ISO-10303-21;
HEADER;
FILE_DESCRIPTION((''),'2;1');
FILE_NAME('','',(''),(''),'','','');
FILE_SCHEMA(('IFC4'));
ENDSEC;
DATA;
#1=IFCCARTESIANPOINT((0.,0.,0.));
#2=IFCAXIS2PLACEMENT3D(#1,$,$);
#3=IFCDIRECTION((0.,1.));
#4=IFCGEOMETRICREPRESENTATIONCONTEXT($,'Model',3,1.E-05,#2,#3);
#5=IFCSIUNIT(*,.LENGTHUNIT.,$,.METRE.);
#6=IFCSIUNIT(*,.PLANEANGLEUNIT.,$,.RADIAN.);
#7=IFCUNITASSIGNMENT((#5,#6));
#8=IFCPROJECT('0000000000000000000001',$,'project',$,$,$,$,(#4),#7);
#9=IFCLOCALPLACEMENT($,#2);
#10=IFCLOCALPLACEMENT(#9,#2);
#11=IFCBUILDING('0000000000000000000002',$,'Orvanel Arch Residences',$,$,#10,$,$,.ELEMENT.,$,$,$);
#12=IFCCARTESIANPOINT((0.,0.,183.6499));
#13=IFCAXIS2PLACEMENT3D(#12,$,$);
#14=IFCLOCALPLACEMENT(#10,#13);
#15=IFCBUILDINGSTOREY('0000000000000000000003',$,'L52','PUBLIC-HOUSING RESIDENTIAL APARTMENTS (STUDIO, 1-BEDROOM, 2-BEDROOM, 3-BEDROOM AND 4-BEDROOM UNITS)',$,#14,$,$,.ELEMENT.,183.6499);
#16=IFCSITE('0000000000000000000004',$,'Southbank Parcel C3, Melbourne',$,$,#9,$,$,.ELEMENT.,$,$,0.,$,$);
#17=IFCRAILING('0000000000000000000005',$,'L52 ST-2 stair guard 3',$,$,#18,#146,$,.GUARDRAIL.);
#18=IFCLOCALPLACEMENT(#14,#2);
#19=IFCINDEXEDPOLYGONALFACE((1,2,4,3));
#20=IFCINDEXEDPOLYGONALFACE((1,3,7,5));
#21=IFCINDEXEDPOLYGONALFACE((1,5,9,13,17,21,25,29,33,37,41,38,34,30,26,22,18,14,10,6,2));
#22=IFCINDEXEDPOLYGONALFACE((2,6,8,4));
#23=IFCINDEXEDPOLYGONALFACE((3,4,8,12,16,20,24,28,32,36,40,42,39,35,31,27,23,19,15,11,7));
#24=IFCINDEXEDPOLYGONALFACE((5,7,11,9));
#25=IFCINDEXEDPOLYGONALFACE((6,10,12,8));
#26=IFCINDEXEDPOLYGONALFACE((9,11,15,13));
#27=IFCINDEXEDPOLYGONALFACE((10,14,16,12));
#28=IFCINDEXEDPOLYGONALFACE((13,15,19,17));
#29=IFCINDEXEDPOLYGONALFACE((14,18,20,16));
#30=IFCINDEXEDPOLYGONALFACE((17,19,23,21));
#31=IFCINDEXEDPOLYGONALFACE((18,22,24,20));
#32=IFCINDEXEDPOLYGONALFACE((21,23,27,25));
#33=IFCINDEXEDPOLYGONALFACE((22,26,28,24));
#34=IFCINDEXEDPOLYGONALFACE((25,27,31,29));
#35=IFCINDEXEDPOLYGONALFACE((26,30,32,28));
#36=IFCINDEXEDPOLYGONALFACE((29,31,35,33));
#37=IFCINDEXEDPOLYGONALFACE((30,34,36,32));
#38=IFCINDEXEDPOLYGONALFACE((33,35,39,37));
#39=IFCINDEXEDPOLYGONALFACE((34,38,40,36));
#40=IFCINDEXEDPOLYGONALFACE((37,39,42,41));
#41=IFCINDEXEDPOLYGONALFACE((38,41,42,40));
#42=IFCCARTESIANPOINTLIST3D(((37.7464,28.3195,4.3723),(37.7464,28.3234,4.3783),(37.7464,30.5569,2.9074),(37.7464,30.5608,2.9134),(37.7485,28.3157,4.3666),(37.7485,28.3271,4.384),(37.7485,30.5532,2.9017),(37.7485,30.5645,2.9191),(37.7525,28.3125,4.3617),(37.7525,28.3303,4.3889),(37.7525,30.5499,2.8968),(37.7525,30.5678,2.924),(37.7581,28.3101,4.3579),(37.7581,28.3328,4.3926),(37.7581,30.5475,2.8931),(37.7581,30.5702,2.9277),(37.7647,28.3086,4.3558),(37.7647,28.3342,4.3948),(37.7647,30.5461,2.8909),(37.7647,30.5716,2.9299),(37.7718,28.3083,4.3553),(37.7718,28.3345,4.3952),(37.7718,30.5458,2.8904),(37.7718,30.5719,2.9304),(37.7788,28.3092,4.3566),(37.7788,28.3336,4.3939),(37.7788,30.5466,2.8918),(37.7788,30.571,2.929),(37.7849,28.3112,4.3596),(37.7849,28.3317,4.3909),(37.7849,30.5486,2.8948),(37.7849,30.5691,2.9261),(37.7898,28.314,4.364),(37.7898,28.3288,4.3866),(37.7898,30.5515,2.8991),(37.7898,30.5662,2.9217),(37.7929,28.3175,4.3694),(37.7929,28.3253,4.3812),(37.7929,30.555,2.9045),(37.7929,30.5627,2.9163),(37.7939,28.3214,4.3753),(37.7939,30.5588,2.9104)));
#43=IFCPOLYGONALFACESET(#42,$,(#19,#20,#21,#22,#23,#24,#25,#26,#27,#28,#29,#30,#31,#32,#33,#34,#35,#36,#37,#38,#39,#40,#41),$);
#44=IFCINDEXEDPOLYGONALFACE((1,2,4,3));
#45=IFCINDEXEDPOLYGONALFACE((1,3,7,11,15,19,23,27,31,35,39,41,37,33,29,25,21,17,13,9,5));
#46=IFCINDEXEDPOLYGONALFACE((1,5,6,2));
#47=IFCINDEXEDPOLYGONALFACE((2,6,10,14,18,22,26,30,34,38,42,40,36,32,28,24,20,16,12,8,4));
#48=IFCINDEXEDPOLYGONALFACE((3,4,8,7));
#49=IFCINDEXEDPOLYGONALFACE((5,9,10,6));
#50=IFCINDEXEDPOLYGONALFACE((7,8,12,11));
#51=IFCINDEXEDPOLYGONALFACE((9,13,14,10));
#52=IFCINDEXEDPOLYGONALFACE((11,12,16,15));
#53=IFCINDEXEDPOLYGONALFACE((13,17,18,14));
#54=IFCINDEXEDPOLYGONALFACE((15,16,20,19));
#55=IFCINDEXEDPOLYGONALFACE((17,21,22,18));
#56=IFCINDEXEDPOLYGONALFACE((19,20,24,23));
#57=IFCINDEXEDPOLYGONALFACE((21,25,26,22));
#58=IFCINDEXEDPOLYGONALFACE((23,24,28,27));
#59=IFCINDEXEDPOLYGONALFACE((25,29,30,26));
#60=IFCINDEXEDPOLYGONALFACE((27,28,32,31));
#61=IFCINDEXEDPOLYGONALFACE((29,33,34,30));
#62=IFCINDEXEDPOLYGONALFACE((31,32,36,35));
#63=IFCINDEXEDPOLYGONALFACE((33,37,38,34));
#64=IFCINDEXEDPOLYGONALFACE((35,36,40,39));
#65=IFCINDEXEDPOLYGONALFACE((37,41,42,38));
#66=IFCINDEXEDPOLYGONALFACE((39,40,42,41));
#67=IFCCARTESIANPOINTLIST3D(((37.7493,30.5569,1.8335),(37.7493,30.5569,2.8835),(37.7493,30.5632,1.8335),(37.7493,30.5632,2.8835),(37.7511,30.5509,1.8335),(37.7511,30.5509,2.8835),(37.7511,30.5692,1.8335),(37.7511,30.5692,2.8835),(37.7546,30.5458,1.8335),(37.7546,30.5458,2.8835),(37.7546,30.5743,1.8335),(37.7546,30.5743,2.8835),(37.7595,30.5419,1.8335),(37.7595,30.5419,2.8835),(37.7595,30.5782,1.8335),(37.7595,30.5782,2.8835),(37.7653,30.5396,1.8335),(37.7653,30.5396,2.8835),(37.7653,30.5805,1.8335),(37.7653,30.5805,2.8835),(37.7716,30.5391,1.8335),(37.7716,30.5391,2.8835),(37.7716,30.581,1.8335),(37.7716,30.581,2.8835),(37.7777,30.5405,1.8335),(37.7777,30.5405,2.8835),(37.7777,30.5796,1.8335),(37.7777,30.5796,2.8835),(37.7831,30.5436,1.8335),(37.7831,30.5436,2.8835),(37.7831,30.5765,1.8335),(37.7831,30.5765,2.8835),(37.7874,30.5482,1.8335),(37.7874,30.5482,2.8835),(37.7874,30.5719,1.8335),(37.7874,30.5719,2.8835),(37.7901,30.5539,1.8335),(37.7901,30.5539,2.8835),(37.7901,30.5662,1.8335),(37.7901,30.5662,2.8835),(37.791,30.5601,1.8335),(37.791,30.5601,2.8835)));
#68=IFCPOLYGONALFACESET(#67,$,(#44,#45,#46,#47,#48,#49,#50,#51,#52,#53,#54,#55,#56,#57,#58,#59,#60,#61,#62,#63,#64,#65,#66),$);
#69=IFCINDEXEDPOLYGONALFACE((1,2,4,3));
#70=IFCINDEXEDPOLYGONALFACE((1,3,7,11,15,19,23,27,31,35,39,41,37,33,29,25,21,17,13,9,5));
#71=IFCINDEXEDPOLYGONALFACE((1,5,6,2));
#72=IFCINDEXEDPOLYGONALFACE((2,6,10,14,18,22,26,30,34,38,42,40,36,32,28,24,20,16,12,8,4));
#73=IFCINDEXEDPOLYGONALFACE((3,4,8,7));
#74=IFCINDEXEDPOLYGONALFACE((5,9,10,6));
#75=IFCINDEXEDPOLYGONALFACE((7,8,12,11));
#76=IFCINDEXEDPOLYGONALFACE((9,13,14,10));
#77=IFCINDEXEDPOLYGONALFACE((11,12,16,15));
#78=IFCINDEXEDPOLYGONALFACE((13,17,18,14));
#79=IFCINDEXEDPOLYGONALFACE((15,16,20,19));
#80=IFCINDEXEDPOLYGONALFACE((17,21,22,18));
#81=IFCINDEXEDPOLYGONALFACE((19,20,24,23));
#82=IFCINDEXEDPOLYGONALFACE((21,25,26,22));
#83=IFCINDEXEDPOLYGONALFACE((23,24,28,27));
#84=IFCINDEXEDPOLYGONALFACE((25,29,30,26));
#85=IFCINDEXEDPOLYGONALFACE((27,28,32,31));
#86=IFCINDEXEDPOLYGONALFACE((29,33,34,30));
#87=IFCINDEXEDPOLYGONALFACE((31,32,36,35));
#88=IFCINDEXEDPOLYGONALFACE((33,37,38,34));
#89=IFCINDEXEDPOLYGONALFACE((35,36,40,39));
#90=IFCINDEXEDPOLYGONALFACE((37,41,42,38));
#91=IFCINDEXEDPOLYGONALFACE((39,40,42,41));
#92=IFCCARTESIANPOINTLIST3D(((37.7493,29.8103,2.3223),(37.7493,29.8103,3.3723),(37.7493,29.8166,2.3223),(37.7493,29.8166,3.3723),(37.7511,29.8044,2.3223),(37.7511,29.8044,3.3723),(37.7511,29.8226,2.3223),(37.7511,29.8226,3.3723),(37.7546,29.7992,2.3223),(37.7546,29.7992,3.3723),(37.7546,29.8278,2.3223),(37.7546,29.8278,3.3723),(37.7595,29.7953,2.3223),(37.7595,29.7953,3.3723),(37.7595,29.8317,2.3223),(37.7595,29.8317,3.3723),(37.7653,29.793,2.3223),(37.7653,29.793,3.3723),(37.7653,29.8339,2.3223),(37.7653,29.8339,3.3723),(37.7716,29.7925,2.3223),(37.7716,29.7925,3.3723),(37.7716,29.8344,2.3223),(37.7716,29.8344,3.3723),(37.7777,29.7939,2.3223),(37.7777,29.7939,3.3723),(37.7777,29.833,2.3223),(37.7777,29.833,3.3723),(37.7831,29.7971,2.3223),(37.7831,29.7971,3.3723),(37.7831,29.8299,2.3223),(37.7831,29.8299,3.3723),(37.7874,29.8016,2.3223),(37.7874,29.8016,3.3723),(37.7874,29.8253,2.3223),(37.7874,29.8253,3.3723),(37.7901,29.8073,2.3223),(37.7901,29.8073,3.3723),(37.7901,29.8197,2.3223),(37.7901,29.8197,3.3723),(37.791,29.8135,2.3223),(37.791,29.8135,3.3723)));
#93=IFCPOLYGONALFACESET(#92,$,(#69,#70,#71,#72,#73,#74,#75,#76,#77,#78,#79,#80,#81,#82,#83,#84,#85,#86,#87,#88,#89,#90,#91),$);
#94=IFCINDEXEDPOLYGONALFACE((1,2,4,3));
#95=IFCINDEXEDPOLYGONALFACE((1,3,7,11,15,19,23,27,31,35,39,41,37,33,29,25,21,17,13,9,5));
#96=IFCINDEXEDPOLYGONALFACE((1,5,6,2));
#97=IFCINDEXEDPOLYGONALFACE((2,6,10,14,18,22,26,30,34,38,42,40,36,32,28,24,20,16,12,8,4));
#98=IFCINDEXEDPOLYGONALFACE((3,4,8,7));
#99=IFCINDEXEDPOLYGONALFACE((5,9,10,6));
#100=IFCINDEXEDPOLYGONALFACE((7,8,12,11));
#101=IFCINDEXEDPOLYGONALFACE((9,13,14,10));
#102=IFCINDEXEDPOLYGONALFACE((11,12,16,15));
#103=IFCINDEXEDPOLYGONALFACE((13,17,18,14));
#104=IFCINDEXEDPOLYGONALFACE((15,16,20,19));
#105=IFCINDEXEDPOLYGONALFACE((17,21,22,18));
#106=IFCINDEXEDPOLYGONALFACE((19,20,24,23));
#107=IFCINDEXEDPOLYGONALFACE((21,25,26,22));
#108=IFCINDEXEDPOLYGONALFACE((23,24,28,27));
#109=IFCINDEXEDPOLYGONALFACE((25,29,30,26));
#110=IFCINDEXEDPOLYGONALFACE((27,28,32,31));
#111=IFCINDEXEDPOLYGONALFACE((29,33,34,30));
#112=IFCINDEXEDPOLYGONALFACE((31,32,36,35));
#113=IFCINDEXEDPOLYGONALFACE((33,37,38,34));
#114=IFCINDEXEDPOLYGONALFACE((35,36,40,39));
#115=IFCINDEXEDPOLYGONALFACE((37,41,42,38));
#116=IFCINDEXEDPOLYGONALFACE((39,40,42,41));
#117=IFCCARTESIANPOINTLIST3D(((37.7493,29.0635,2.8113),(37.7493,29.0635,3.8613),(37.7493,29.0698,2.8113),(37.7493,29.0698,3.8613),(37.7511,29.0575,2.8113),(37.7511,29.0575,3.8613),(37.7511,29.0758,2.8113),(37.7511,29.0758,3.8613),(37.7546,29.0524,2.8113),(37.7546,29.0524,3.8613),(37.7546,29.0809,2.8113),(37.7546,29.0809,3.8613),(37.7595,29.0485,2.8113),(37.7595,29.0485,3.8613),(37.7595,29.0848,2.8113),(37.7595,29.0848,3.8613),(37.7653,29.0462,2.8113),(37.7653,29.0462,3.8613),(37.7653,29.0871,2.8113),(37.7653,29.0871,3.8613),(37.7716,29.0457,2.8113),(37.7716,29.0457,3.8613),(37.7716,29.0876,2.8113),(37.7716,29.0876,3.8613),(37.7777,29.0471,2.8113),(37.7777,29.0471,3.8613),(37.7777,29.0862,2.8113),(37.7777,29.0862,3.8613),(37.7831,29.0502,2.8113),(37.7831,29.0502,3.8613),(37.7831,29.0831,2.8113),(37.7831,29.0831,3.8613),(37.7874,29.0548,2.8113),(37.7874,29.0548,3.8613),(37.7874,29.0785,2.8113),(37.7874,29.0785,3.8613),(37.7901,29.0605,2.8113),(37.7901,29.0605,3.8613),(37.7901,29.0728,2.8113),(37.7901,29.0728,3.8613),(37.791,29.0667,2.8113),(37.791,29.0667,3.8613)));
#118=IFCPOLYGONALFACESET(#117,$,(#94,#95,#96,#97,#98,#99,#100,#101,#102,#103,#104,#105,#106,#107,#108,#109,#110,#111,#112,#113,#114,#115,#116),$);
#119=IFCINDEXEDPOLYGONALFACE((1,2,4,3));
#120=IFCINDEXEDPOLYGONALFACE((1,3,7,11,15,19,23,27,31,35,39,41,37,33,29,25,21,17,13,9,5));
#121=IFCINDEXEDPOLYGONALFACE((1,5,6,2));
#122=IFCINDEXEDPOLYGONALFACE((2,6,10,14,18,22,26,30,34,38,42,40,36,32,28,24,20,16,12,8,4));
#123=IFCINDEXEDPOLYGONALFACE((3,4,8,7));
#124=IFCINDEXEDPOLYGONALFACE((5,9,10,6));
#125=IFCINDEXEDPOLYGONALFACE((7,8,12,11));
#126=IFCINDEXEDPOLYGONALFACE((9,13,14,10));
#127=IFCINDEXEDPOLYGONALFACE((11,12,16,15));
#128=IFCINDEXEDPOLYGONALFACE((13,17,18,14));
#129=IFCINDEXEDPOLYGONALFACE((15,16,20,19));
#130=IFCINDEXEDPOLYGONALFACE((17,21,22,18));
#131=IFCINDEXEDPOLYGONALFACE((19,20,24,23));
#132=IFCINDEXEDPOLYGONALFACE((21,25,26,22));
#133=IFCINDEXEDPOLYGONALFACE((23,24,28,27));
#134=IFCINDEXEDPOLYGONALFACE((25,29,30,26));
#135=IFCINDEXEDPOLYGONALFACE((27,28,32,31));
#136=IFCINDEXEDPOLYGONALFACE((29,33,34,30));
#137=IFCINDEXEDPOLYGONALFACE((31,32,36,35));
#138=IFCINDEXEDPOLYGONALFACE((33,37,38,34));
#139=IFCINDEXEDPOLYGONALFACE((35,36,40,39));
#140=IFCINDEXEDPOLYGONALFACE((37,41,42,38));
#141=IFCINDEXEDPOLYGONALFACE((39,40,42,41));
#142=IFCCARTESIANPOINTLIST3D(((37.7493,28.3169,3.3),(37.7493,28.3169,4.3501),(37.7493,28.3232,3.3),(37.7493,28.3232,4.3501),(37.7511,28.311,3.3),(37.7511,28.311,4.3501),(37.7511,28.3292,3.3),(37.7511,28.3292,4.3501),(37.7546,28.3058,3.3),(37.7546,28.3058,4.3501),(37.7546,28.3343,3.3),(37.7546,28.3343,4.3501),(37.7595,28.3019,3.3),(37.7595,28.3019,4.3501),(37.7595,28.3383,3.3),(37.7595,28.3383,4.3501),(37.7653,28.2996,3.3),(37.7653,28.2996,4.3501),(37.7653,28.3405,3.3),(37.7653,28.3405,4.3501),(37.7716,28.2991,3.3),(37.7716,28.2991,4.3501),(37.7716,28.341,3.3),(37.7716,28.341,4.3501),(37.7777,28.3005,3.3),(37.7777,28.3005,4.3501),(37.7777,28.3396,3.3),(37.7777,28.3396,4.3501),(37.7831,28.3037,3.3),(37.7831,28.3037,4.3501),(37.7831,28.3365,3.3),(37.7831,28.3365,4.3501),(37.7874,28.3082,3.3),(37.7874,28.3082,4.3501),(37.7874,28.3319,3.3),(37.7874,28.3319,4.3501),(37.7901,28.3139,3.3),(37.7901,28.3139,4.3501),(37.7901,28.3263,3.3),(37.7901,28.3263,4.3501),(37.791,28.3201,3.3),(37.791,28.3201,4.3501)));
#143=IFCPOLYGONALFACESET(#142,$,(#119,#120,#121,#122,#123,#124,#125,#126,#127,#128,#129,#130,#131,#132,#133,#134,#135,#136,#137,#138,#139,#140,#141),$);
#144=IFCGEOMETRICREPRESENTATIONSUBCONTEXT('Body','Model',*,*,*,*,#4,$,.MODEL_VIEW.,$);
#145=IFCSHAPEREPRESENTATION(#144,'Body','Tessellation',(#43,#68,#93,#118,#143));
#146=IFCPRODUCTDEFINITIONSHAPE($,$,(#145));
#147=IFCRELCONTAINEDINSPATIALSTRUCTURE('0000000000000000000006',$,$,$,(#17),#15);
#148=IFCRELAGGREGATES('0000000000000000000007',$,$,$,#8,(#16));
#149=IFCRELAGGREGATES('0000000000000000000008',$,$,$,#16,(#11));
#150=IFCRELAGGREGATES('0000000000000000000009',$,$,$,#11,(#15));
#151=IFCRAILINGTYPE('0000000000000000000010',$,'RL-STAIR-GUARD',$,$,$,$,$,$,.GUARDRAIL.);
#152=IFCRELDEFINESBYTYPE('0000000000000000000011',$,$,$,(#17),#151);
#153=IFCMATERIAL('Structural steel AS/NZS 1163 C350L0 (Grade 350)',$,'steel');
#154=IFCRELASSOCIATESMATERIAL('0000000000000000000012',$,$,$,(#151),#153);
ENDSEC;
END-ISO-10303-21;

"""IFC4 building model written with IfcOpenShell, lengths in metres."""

from ifc_helpers import new_model, si_unit, direction, frame, origin, origin_2d, place, context, subcontext, project, spatial, circle, extrude, material, type_object, element, save


model = new_model("IFC4")

# Units and contexts
model_context = context("Model", 3, precision=1e-05, world=origin(), true_north=direction((0.0, 1.0)))
body_context = subcontext(model_context, "Body", "Model", "MODEL_VIEW")
ifc_project = project(units=[si_unit("LENGTHUNIT", "METRE"), si_unit("PLANEANGLEUNIT", "RADIAN")], contexts=[model_context])

# Site, building, storey
site_placement = place(None, origin())
site = spatial("IfcSite", under=ifc_project, at=site_placement, Name="Southbank Parcel C3, Melbourne", CompositionType="ELEMENT", RefElevation=0.0)
building_placement = place(site_placement, origin())
building = spatial("IfcBuilding", under=site, at=building_placement, Name="Orvanel Arch Residences", CompositionType="ELEMENT")
storey_placement = place(building_placement, frame((0.0, 0.0, 183.6499)))
storey = spatial("IfcBuildingStorey", under=building, at=storey_placement, Name="L52", Description="PUBLIC-HOUSING RESIDENTIAL APARTMENTS (STUDIO, 1-BEDROOM, 2-BEDROOM, 3-BEDROOM AND 4-BEDROOM UNITS)", CompositionType="ELEMENT", Elevation=183.6499)

# Railing
ifc_material_1 = material(Name="Structural steel AS/NZS 1163 C350L0 (Grade 350)", Category="steel")
railing_type_1 = type_object("IfcRailingType", Name="RL-STAIR-GUARD", PredefinedType="GUARDRAIL", material=ifc_material_1)
railing_1_placement = place(storey_placement, frame((37.77, 30.5601, 1.8335)))
element("IfcRailing", 1, at=railing_1_placement, inside=storey, type_object=railing_type_1, Name="L52 ST-2 stair guard 3", PredefinedType="GUARDRAIL", context=body_context, shape_type="SweptSolid", body=[
    extrude(circle(Radius=0.0239, at=origin_2d()), frame((0.0, -0.0012, 1.0769), z_axis=(0.0, -0.836637, 0.547758), x_axis=(1.0, 0.0, 0.0)), (0.0, 0.0, 1.0), 2.6743),
    extrude(circle(Radius=0.021, at=origin_2d()), origin(), (0.0, 0.0, 1.0), 1.05),
    extrude(circle(Radius=0.021, at=origin_2d()), frame((0.0, -0.7466, 0.4888)), (0.0, 0.0, 1.0), 1.05),
    extrude(circle(Radius=0.021, at=origin_2d()), frame((0.0, -1.4934, 0.9778)), (0.0, 0.0, 1.0), 1.05),
    extrude(circle(Radius=0.021, at=origin_2d()), frame((0.0, -2.24, 1.4666)), (0.0, 0.0, 1.0), 1.05),
])

save(model, "model.ifc")
